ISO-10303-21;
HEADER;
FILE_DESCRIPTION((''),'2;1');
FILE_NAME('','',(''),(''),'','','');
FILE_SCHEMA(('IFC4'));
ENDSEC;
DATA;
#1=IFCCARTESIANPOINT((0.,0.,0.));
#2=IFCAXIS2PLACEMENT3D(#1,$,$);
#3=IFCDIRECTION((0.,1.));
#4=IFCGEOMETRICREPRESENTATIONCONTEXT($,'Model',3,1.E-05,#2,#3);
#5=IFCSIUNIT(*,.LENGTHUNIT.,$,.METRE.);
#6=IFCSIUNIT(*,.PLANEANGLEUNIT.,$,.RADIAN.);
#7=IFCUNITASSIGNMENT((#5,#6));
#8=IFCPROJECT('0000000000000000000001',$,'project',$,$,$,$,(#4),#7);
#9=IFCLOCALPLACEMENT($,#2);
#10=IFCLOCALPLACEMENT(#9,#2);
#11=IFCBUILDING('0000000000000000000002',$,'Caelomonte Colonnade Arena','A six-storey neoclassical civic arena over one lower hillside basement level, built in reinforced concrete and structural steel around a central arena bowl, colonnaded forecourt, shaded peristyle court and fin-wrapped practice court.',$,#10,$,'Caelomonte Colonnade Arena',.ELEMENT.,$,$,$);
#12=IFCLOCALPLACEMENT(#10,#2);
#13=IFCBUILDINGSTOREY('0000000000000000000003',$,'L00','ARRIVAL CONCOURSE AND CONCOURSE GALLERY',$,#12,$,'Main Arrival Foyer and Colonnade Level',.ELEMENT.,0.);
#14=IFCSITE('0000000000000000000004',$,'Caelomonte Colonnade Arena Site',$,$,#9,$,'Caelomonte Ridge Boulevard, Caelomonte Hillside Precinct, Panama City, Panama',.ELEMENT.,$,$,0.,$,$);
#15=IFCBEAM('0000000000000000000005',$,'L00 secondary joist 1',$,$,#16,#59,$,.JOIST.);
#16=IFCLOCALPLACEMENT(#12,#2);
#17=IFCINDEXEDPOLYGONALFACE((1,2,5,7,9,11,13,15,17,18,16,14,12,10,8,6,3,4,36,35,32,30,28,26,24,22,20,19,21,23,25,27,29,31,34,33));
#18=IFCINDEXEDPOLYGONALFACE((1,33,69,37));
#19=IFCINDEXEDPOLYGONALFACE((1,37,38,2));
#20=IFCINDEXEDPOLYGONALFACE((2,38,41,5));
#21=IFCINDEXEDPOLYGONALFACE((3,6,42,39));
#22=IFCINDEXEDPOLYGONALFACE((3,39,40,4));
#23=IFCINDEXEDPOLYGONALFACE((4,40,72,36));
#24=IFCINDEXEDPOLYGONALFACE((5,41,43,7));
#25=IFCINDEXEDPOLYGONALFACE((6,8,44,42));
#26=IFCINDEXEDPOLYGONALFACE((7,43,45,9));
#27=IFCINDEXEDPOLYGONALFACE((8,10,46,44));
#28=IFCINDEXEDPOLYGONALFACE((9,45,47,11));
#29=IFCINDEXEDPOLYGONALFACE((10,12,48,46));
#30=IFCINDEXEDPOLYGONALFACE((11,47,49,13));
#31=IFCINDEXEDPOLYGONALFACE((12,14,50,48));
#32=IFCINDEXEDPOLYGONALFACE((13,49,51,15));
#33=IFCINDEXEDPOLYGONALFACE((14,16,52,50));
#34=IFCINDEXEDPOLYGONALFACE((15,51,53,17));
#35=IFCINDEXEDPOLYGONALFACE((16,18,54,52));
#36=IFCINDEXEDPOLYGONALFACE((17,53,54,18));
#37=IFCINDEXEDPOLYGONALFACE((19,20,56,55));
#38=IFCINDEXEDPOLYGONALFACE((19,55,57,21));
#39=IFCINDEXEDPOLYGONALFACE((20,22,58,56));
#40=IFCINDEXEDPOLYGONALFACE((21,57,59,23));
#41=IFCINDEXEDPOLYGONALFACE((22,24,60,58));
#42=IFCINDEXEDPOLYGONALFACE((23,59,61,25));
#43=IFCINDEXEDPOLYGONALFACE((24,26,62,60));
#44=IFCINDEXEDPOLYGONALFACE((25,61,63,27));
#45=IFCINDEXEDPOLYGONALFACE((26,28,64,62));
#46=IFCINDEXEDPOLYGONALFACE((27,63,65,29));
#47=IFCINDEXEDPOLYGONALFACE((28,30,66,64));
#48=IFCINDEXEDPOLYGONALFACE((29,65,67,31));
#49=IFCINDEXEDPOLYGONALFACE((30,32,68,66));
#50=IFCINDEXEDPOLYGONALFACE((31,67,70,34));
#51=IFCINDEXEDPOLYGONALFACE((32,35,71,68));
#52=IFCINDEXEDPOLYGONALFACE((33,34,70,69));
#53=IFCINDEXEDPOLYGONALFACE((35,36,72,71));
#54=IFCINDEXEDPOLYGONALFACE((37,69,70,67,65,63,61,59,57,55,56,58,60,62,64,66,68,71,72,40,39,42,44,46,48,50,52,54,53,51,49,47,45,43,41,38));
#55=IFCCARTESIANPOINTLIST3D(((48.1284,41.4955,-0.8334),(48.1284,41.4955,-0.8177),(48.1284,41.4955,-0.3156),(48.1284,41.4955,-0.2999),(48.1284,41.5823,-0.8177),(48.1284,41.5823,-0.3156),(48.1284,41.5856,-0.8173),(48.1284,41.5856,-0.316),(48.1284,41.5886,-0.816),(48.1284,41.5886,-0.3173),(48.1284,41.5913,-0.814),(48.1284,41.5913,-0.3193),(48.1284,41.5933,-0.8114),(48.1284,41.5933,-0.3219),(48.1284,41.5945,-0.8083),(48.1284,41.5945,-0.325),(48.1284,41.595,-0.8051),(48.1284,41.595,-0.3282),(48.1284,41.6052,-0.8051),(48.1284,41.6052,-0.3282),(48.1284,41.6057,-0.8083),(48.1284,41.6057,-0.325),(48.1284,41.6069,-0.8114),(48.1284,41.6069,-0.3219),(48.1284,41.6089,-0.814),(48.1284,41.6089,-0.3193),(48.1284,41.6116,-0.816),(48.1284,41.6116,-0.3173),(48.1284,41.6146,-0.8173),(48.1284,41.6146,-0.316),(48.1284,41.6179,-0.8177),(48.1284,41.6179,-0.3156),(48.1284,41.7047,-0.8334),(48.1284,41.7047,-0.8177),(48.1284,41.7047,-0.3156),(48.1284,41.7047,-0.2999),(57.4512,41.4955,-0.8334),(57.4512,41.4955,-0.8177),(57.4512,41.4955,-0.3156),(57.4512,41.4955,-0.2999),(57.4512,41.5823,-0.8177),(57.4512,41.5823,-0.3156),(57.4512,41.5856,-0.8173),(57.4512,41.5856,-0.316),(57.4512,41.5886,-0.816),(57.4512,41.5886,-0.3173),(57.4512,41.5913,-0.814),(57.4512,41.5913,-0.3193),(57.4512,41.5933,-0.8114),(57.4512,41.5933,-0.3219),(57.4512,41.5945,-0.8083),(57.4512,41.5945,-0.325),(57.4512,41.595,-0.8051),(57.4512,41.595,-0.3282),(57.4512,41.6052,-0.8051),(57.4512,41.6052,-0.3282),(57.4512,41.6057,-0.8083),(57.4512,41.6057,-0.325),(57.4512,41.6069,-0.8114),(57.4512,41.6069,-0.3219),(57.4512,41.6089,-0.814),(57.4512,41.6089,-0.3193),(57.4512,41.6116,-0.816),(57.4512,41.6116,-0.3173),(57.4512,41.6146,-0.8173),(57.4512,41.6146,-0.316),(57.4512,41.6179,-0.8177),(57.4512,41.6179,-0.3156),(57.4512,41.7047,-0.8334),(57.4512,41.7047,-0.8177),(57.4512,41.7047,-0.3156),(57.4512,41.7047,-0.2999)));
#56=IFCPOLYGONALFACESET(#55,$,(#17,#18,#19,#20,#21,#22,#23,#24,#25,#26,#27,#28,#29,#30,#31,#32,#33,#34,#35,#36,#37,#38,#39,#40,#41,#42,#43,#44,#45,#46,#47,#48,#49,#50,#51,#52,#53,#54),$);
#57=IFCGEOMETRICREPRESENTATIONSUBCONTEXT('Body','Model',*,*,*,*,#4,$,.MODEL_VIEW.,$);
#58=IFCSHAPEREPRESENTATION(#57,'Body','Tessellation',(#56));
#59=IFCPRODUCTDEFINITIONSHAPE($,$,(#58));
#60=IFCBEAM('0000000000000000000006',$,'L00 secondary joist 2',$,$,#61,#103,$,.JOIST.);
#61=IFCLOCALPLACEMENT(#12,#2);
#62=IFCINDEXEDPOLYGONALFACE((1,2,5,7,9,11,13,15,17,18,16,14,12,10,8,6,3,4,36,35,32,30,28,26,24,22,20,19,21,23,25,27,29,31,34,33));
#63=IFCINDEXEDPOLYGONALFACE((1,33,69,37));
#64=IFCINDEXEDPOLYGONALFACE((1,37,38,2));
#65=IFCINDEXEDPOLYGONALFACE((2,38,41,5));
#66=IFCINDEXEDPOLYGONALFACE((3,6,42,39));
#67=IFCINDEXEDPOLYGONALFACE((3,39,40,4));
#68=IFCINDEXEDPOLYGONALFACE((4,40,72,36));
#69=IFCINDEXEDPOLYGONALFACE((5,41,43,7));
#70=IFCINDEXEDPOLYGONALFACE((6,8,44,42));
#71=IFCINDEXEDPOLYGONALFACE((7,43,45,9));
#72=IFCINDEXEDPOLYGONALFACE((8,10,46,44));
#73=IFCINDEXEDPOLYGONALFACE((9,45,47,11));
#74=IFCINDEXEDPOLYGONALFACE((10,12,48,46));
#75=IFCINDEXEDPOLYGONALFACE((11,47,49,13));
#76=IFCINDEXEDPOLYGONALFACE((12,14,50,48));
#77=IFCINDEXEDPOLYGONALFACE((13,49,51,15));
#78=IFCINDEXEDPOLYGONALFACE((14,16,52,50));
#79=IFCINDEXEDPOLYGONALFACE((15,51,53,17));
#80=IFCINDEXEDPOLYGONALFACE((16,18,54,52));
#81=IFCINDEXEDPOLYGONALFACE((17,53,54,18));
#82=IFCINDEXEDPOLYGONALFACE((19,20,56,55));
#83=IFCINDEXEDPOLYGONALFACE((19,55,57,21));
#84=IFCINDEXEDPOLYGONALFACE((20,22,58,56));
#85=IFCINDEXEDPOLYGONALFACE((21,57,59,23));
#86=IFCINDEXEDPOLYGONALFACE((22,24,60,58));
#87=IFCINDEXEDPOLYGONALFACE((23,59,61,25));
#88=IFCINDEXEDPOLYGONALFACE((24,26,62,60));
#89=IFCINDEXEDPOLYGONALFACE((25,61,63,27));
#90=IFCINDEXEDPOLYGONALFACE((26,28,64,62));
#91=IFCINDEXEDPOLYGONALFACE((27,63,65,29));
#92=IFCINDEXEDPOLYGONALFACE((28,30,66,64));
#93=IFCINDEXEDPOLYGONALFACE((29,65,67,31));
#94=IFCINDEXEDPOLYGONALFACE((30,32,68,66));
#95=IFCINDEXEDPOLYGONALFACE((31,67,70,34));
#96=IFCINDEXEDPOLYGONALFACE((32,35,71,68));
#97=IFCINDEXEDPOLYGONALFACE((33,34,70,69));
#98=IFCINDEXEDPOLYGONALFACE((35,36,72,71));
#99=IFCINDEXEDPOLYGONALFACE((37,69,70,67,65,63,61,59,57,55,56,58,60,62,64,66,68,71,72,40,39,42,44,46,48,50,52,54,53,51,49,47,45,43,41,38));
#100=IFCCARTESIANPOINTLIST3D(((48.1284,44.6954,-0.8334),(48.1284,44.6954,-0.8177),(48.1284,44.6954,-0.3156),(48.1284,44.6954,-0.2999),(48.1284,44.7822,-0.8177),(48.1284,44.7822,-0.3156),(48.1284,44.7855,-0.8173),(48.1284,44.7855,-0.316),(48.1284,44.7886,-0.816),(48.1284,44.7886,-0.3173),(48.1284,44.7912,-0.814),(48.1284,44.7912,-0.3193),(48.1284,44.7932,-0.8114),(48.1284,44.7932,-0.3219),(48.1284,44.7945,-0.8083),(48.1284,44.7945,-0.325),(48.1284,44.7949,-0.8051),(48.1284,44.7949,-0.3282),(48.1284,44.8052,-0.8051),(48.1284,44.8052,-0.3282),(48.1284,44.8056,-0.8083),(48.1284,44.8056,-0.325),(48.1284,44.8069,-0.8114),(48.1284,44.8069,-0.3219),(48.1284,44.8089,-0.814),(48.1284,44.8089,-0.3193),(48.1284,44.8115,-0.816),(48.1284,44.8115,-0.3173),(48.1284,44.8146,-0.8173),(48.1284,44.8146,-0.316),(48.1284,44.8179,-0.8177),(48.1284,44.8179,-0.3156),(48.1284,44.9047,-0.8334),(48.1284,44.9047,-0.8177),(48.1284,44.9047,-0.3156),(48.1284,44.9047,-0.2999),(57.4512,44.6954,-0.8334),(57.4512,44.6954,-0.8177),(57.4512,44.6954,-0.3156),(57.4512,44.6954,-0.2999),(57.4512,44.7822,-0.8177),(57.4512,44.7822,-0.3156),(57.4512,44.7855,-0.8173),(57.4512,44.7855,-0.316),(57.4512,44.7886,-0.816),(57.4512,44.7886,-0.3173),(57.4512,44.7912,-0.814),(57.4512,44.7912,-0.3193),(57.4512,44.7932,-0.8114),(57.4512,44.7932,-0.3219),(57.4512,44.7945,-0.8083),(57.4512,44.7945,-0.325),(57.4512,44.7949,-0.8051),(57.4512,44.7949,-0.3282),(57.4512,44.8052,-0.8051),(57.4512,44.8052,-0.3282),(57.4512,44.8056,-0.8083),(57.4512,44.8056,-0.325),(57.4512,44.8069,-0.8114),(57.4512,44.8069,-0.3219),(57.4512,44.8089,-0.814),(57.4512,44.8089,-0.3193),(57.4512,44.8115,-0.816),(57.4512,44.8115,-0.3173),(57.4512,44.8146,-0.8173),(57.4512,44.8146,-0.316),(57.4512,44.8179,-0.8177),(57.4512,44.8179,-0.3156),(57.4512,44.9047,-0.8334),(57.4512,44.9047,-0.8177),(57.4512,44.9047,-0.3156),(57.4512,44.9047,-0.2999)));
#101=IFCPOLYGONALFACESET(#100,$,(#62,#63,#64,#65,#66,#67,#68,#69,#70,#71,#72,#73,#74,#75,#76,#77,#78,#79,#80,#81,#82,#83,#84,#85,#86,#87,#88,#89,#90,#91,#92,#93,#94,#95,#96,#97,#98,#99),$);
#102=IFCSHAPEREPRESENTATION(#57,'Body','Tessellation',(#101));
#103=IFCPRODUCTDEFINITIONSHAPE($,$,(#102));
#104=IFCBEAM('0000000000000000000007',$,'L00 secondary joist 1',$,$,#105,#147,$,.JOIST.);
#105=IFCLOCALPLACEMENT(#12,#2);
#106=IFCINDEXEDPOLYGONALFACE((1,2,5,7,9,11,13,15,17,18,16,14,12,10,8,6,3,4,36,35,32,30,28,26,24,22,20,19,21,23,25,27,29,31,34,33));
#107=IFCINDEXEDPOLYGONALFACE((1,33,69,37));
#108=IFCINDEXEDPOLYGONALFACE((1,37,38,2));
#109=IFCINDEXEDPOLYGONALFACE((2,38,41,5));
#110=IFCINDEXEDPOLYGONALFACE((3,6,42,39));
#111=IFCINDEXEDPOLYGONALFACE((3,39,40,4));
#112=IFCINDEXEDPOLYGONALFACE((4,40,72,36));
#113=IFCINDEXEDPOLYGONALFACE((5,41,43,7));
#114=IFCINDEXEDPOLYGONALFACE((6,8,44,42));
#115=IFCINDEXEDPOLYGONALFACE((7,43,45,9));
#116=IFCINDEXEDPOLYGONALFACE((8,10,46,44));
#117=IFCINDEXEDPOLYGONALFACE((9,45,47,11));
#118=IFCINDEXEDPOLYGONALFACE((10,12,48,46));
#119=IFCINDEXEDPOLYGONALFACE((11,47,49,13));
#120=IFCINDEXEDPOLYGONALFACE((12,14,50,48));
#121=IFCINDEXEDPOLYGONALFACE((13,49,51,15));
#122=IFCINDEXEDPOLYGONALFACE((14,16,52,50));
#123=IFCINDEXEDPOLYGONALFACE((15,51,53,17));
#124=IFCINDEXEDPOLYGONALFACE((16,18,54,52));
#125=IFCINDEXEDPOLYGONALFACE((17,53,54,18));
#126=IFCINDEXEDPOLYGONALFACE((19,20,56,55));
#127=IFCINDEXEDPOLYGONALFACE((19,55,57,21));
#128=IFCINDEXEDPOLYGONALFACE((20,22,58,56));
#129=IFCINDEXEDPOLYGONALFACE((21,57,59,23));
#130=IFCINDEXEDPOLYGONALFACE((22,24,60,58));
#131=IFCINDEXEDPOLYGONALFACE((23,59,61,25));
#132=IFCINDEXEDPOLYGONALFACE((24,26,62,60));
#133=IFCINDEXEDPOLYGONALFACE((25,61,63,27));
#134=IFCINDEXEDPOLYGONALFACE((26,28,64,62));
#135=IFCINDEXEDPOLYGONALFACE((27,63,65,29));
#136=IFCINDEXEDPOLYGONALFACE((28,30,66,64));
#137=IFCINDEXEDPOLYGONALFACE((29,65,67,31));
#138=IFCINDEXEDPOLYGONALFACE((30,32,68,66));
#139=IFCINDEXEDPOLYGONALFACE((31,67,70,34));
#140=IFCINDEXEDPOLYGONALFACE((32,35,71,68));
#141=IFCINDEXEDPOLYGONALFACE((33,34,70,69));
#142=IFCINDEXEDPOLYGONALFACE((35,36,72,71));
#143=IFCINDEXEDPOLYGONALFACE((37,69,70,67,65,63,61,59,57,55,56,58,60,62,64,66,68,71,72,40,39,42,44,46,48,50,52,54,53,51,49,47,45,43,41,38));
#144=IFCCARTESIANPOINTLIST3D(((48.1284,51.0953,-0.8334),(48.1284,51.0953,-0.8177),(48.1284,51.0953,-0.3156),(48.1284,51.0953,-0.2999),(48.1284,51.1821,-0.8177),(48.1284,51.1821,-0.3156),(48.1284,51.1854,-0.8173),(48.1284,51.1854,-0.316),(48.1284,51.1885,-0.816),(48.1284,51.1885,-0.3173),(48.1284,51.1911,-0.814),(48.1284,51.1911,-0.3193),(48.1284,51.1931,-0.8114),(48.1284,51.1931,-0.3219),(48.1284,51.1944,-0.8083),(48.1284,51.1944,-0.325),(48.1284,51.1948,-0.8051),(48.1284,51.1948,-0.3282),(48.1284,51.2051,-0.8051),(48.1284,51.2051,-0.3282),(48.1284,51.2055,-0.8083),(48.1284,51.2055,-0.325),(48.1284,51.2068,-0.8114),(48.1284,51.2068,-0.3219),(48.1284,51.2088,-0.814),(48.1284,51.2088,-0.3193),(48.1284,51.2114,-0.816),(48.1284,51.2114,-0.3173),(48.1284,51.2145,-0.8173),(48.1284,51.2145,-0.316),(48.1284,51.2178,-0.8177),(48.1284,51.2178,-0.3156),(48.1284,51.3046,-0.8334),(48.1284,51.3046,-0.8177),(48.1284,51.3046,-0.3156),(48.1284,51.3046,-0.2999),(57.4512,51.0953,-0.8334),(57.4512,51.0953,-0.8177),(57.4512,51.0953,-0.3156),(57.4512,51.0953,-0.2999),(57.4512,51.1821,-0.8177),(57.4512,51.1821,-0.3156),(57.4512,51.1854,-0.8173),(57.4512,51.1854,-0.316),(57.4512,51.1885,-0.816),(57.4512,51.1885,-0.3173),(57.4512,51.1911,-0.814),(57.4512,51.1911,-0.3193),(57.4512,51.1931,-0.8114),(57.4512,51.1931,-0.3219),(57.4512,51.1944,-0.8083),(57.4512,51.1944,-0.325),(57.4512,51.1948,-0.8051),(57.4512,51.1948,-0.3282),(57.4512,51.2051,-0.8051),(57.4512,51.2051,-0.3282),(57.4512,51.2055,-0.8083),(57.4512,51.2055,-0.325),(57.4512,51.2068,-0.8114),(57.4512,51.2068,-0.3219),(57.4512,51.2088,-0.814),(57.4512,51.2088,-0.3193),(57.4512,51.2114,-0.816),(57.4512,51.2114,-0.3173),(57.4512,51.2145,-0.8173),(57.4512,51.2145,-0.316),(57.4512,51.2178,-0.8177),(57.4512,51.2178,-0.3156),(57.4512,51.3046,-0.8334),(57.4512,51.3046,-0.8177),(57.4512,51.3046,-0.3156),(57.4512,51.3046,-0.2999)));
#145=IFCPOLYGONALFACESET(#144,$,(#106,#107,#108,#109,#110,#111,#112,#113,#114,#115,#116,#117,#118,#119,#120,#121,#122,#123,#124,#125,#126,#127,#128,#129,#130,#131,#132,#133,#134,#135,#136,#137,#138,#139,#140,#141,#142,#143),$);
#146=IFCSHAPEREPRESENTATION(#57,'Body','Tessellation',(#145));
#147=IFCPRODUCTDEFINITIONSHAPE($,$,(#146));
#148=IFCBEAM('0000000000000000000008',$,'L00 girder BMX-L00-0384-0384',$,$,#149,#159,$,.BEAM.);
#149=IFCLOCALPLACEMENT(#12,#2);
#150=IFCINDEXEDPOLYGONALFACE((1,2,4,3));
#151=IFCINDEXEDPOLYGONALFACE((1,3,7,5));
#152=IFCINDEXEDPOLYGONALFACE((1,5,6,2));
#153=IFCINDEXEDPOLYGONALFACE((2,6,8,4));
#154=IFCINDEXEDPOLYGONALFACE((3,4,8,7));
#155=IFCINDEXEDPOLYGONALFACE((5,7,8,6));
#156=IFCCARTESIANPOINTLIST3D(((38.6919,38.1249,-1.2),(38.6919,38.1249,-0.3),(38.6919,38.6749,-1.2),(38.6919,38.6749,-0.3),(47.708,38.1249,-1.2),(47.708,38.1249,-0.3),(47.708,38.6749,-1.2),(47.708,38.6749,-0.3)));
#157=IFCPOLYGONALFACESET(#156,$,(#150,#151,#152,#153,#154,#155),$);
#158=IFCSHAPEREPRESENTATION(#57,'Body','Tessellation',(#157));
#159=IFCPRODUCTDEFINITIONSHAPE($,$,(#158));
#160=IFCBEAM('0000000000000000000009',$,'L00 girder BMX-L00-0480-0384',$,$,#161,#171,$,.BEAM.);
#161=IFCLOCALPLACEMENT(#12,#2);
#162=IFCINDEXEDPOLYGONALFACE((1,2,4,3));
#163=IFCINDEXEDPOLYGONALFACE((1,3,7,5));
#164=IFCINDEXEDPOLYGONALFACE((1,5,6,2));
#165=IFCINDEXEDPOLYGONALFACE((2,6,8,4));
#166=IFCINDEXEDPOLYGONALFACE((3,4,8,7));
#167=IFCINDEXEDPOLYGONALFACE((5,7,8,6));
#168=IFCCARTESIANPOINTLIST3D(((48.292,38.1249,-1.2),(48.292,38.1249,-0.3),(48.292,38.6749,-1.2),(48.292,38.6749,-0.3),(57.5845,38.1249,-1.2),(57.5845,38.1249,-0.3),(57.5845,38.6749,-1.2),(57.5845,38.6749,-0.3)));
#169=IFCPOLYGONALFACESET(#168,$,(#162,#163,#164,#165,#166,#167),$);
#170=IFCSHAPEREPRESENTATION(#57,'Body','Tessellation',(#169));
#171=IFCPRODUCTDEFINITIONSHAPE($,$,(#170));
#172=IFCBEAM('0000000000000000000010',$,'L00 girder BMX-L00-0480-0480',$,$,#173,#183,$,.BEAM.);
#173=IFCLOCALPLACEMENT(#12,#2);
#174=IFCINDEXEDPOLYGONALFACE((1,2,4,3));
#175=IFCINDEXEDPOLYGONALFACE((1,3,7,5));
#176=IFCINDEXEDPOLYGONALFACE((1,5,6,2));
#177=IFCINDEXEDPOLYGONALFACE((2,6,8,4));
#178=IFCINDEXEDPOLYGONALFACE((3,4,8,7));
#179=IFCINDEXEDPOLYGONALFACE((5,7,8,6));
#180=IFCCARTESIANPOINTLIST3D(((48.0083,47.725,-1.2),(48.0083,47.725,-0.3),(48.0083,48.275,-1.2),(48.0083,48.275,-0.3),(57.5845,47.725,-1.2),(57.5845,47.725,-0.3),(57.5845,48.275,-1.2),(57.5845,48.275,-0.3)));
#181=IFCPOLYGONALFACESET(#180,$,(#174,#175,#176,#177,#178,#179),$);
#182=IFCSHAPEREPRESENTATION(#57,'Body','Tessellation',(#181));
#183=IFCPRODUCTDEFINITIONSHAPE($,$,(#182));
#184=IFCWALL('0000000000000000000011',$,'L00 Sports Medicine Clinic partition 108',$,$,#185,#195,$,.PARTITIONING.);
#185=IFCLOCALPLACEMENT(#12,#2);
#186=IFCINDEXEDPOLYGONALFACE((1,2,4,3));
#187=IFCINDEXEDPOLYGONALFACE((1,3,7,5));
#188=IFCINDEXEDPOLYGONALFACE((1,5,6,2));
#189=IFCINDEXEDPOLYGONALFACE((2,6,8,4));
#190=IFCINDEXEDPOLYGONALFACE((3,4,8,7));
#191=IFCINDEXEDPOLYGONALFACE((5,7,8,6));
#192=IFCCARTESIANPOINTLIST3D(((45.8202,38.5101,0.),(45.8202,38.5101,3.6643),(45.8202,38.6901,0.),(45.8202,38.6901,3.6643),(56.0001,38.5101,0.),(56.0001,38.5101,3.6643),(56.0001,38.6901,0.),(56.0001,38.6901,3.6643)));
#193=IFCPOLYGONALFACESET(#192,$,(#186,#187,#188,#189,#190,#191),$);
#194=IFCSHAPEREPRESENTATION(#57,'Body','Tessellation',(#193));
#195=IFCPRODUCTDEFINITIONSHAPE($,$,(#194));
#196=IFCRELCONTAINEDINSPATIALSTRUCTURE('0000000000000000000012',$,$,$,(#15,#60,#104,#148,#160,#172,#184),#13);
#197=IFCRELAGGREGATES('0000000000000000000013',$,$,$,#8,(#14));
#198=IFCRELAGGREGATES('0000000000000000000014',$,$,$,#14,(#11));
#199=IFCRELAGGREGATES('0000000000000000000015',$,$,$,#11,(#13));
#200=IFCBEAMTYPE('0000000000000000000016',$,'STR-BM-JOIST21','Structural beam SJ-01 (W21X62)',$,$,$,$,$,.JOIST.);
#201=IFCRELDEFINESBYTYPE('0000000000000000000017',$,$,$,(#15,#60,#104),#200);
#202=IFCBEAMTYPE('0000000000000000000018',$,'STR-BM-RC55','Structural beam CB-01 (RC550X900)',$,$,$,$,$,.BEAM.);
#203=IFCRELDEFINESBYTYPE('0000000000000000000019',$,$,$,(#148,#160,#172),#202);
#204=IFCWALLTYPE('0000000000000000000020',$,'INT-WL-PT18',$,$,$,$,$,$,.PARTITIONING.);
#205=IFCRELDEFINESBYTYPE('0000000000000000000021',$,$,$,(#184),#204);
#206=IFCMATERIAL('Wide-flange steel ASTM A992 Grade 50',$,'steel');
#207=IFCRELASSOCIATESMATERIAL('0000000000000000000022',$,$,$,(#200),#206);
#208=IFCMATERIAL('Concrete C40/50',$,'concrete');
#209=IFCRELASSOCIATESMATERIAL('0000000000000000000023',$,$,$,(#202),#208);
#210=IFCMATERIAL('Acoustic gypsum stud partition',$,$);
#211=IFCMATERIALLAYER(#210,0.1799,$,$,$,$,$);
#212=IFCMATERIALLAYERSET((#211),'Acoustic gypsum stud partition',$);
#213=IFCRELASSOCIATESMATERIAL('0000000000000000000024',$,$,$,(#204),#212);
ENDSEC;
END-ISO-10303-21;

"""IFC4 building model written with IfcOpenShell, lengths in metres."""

from ifc_helpers import new_model, si_unit, direction, frame, frame_2d, origin, origin_2d, place, context, subcontext, project, spatial, rectangle, i_section, extrude, material, layer, layer_set, material_profile, profile_set, type_object, element, save


model = new_model("IFC4")

# Units and contexts
model_context = context("Model", 3, precision=1e-05, world=origin(), true_north=direction((0.0, 1.0)))
body_context = subcontext(model_context, "Body", "Model", "MODEL_VIEW")
ifc_project = project(units=[si_unit("LENGTHUNIT", "METRE"), si_unit("PLANEANGLEUNIT", "RADIAN")], contexts=[model_context])

# Site, building, storey
site_placement = place(None, origin())
site = spatial("IfcSite", under=ifc_project, at=site_placement, Name="Caelomonte Colonnade Arena Site", LongName="Caelomonte Ridge Boulevard, Caelomonte Hillside Precinct, Panama City, Panama", CompositionType="ELEMENT", RefElevation=0.0)
building_placement = place(site_placement, origin())
building = spatial("IfcBuilding", under=site, at=building_placement, Name="Caelomonte Colonnade Arena", Description="A six-storey neoclassical civic arena over one lower hillside basement level, built in reinforced concrete and structural steel around a central arena bowl, colonnaded forecourt, shaded peristyle court and fin-wrapped practice court.", LongName="Caelomonte Colonnade Arena", CompositionType="ELEMENT")
storey_placement = place(building_placement, origin())
storey = spatial("IfcBuildingStorey", under=building, at=storey_placement, Name="L00", Description="ARRIVAL CONCOURSE AND CONCOURSE GALLERY", LongName="Main Arrival Foyer and Colonnade Level", CompositionType="ELEMENT", Elevation=0.0)

# Shared definitions
ifc_material_1 = material(Name="Wide-flange steel ASTM A992 Grade 50", Category="steel")

# Beams
ifc_material_profile_1 = material_profile(ifc_material_1, i_section(OverallWidth=0.2092, OverallDepth=0.5334, WebThickness=0.0103, FlangeThickness=0.0156, FilletRadius=0.0127, at=origin_2d()), Name="W21X62")
ifc_profile_set_1 = profile_set([ifc_material_profile_1], Name="Wide-flange steel ASTM A992 Grade 50")
beam_type_1 = type_object("IfcBeamType", Name="STR-BM-JOIST21", Description="Structural beam SJ-01 (W21X62)", PredefinedType="JOIST", material=ifc_profile_set_1)
for number, where, z_axis, x_axis, name in (
    (1, (48.1284, 41.6001, -0.5667), (1.0, 0.0, 0.0), (0.0, 1.0, 0.0), "L00 secondary joist 1"),
    (2, (48.1284, 44.8, -0.5667), (1.0, 0.0, 0.0), (0.0, 1.0, 0.0), "L00 secondary joist 2"),
    (3, (48.1284, 51.2, -0.5667), (1.0, 0.0, 0.0), (0.0, 1.0, 0.0), "L00 secondary joist 1"),
):
    element("IfcBeam", number, at=place(storey_placement, frame(where, z_axis=z_axis, x_axis=x_axis)), inside=storey, type_object=beam_type_1, Name=name, PredefinedType="JOIST", context=body_context, shape_type="SweptSolid", body=[
        extrude(i_section(OverallWidth=0.2092, OverallDepth=0.5334, WebThickness=0.0103, FlangeThickness=0.0156, FilletRadius=0.0127, at=origin_2d()), origin(), (0.0, 0.0, 1.0), 9.3228),
    ])
ifc_material_2 = material(Name="Concrete C40/50", Category="concrete")
ifc_material_profile_2 = material_profile(ifc_material_2, rectangle(XDim=0.55, YDim=0.8999, at=origin_2d()), Name="RC550X900")
ifc_profile_set_2 = profile_set([ifc_material_profile_2], Name="Concrete C40/50")
beam_type_2 = type_object("IfcBeamType", Name="STR-BM-RC55", Description="Structural beam CB-01 (RC550X900)", PredefinedType="BEAM", material=ifc_profile_set_2)
beam_1_placement = place(storey_placement, frame((38.6919, 38.3999, -0.75), z_axis=(1.0, 0.0, 0.0), x_axis=(0.0, 1.0, 0.0)))
element("IfcBeam", 4, at=beam_1_placement, inside=storey, type_object=beam_type_2, Name="L00 girder BMX-L00-0384-0384", PredefinedType="BEAM", context=body_context, shape_type="SweptSolid", body=[
    extrude(rectangle(XDim=0.55, YDim=0.8999, at=origin_2d()), origin(), (0.0, 0.0, 1.0), 9.0161),
])
beam_2_placement = place(storey_placement, frame((48.292, 38.3999, -0.75), z_axis=(1.0, 0.0, 0.0), x_axis=(0.0, 1.0, 0.0)))
element("IfcBeam", 5, at=beam_2_placement, inside=storey, type_object=beam_type_2, Name="L00 girder BMX-L00-0480-0384", PredefinedType="BEAM", context=body_context, shape_type="SweptSolid", body=[
    extrude(rectangle(XDim=0.55, YDim=0.8999, at=origin_2d()), origin(), (0.0, 0.0, 1.0), 9.2925),
])
beam_3_placement = place(storey_placement, frame((48.0083, 48.0, -0.75), z_axis=(1.0, 0.0, 0.0), x_axis=(0.0, 1.0, 0.0)))
element("IfcBeam", 6, at=beam_3_placement, inside=storey, type_object=beam_type_2, Name="L00 girder BMX-L00-0480-0480", PredefinedType="BEAM", context=body_context, shape_type="SweptSolid", body=[
    extrude(rectangle(XDim=0.55, YDim=0.8999, at=origin_2d()), origin(), (0.0, 0.0, 1.0), 9.5762),
])

# Wall
ifc_material_3 = material(Name="Acoustic gypsum stud partition")
ifc_layer_1 = layer(ifc_material_3, 0.1799)
ifc_layer_set_1 = layer_set([ifc_layer_1], Name="Acoustic gypsum stud partition")
wall_type_1 = type_object("IfcWallType", Name="INT-WL-PT18", PredefinedType="PARTITIONING", material=ifc_layer_set_1)
wall_1_placement = place(storey_placement, frame((56.0, 38.6001, 0.0), z_axis=(0.0, 0.0, 1.0), x_axis=(-1.0, 0.0, 0.0)))
element("IfcWall", 7, at=wall_1_placement, inside=storey, type_object=wall_type_1, Name="L00 Sports Medicine Clinic partition 108", PredefinedType="PARTITIONING", context=body_context, shape_type="SweptSolid", body=[
    extrude(rectangle(XDim=10.1799, YDim=0.1799, at=frame_2d((5.0898, 0.0))), origin(), (0.0, 0.0, 1.0), 3.6643),
])

save(model, "model.ifc")
